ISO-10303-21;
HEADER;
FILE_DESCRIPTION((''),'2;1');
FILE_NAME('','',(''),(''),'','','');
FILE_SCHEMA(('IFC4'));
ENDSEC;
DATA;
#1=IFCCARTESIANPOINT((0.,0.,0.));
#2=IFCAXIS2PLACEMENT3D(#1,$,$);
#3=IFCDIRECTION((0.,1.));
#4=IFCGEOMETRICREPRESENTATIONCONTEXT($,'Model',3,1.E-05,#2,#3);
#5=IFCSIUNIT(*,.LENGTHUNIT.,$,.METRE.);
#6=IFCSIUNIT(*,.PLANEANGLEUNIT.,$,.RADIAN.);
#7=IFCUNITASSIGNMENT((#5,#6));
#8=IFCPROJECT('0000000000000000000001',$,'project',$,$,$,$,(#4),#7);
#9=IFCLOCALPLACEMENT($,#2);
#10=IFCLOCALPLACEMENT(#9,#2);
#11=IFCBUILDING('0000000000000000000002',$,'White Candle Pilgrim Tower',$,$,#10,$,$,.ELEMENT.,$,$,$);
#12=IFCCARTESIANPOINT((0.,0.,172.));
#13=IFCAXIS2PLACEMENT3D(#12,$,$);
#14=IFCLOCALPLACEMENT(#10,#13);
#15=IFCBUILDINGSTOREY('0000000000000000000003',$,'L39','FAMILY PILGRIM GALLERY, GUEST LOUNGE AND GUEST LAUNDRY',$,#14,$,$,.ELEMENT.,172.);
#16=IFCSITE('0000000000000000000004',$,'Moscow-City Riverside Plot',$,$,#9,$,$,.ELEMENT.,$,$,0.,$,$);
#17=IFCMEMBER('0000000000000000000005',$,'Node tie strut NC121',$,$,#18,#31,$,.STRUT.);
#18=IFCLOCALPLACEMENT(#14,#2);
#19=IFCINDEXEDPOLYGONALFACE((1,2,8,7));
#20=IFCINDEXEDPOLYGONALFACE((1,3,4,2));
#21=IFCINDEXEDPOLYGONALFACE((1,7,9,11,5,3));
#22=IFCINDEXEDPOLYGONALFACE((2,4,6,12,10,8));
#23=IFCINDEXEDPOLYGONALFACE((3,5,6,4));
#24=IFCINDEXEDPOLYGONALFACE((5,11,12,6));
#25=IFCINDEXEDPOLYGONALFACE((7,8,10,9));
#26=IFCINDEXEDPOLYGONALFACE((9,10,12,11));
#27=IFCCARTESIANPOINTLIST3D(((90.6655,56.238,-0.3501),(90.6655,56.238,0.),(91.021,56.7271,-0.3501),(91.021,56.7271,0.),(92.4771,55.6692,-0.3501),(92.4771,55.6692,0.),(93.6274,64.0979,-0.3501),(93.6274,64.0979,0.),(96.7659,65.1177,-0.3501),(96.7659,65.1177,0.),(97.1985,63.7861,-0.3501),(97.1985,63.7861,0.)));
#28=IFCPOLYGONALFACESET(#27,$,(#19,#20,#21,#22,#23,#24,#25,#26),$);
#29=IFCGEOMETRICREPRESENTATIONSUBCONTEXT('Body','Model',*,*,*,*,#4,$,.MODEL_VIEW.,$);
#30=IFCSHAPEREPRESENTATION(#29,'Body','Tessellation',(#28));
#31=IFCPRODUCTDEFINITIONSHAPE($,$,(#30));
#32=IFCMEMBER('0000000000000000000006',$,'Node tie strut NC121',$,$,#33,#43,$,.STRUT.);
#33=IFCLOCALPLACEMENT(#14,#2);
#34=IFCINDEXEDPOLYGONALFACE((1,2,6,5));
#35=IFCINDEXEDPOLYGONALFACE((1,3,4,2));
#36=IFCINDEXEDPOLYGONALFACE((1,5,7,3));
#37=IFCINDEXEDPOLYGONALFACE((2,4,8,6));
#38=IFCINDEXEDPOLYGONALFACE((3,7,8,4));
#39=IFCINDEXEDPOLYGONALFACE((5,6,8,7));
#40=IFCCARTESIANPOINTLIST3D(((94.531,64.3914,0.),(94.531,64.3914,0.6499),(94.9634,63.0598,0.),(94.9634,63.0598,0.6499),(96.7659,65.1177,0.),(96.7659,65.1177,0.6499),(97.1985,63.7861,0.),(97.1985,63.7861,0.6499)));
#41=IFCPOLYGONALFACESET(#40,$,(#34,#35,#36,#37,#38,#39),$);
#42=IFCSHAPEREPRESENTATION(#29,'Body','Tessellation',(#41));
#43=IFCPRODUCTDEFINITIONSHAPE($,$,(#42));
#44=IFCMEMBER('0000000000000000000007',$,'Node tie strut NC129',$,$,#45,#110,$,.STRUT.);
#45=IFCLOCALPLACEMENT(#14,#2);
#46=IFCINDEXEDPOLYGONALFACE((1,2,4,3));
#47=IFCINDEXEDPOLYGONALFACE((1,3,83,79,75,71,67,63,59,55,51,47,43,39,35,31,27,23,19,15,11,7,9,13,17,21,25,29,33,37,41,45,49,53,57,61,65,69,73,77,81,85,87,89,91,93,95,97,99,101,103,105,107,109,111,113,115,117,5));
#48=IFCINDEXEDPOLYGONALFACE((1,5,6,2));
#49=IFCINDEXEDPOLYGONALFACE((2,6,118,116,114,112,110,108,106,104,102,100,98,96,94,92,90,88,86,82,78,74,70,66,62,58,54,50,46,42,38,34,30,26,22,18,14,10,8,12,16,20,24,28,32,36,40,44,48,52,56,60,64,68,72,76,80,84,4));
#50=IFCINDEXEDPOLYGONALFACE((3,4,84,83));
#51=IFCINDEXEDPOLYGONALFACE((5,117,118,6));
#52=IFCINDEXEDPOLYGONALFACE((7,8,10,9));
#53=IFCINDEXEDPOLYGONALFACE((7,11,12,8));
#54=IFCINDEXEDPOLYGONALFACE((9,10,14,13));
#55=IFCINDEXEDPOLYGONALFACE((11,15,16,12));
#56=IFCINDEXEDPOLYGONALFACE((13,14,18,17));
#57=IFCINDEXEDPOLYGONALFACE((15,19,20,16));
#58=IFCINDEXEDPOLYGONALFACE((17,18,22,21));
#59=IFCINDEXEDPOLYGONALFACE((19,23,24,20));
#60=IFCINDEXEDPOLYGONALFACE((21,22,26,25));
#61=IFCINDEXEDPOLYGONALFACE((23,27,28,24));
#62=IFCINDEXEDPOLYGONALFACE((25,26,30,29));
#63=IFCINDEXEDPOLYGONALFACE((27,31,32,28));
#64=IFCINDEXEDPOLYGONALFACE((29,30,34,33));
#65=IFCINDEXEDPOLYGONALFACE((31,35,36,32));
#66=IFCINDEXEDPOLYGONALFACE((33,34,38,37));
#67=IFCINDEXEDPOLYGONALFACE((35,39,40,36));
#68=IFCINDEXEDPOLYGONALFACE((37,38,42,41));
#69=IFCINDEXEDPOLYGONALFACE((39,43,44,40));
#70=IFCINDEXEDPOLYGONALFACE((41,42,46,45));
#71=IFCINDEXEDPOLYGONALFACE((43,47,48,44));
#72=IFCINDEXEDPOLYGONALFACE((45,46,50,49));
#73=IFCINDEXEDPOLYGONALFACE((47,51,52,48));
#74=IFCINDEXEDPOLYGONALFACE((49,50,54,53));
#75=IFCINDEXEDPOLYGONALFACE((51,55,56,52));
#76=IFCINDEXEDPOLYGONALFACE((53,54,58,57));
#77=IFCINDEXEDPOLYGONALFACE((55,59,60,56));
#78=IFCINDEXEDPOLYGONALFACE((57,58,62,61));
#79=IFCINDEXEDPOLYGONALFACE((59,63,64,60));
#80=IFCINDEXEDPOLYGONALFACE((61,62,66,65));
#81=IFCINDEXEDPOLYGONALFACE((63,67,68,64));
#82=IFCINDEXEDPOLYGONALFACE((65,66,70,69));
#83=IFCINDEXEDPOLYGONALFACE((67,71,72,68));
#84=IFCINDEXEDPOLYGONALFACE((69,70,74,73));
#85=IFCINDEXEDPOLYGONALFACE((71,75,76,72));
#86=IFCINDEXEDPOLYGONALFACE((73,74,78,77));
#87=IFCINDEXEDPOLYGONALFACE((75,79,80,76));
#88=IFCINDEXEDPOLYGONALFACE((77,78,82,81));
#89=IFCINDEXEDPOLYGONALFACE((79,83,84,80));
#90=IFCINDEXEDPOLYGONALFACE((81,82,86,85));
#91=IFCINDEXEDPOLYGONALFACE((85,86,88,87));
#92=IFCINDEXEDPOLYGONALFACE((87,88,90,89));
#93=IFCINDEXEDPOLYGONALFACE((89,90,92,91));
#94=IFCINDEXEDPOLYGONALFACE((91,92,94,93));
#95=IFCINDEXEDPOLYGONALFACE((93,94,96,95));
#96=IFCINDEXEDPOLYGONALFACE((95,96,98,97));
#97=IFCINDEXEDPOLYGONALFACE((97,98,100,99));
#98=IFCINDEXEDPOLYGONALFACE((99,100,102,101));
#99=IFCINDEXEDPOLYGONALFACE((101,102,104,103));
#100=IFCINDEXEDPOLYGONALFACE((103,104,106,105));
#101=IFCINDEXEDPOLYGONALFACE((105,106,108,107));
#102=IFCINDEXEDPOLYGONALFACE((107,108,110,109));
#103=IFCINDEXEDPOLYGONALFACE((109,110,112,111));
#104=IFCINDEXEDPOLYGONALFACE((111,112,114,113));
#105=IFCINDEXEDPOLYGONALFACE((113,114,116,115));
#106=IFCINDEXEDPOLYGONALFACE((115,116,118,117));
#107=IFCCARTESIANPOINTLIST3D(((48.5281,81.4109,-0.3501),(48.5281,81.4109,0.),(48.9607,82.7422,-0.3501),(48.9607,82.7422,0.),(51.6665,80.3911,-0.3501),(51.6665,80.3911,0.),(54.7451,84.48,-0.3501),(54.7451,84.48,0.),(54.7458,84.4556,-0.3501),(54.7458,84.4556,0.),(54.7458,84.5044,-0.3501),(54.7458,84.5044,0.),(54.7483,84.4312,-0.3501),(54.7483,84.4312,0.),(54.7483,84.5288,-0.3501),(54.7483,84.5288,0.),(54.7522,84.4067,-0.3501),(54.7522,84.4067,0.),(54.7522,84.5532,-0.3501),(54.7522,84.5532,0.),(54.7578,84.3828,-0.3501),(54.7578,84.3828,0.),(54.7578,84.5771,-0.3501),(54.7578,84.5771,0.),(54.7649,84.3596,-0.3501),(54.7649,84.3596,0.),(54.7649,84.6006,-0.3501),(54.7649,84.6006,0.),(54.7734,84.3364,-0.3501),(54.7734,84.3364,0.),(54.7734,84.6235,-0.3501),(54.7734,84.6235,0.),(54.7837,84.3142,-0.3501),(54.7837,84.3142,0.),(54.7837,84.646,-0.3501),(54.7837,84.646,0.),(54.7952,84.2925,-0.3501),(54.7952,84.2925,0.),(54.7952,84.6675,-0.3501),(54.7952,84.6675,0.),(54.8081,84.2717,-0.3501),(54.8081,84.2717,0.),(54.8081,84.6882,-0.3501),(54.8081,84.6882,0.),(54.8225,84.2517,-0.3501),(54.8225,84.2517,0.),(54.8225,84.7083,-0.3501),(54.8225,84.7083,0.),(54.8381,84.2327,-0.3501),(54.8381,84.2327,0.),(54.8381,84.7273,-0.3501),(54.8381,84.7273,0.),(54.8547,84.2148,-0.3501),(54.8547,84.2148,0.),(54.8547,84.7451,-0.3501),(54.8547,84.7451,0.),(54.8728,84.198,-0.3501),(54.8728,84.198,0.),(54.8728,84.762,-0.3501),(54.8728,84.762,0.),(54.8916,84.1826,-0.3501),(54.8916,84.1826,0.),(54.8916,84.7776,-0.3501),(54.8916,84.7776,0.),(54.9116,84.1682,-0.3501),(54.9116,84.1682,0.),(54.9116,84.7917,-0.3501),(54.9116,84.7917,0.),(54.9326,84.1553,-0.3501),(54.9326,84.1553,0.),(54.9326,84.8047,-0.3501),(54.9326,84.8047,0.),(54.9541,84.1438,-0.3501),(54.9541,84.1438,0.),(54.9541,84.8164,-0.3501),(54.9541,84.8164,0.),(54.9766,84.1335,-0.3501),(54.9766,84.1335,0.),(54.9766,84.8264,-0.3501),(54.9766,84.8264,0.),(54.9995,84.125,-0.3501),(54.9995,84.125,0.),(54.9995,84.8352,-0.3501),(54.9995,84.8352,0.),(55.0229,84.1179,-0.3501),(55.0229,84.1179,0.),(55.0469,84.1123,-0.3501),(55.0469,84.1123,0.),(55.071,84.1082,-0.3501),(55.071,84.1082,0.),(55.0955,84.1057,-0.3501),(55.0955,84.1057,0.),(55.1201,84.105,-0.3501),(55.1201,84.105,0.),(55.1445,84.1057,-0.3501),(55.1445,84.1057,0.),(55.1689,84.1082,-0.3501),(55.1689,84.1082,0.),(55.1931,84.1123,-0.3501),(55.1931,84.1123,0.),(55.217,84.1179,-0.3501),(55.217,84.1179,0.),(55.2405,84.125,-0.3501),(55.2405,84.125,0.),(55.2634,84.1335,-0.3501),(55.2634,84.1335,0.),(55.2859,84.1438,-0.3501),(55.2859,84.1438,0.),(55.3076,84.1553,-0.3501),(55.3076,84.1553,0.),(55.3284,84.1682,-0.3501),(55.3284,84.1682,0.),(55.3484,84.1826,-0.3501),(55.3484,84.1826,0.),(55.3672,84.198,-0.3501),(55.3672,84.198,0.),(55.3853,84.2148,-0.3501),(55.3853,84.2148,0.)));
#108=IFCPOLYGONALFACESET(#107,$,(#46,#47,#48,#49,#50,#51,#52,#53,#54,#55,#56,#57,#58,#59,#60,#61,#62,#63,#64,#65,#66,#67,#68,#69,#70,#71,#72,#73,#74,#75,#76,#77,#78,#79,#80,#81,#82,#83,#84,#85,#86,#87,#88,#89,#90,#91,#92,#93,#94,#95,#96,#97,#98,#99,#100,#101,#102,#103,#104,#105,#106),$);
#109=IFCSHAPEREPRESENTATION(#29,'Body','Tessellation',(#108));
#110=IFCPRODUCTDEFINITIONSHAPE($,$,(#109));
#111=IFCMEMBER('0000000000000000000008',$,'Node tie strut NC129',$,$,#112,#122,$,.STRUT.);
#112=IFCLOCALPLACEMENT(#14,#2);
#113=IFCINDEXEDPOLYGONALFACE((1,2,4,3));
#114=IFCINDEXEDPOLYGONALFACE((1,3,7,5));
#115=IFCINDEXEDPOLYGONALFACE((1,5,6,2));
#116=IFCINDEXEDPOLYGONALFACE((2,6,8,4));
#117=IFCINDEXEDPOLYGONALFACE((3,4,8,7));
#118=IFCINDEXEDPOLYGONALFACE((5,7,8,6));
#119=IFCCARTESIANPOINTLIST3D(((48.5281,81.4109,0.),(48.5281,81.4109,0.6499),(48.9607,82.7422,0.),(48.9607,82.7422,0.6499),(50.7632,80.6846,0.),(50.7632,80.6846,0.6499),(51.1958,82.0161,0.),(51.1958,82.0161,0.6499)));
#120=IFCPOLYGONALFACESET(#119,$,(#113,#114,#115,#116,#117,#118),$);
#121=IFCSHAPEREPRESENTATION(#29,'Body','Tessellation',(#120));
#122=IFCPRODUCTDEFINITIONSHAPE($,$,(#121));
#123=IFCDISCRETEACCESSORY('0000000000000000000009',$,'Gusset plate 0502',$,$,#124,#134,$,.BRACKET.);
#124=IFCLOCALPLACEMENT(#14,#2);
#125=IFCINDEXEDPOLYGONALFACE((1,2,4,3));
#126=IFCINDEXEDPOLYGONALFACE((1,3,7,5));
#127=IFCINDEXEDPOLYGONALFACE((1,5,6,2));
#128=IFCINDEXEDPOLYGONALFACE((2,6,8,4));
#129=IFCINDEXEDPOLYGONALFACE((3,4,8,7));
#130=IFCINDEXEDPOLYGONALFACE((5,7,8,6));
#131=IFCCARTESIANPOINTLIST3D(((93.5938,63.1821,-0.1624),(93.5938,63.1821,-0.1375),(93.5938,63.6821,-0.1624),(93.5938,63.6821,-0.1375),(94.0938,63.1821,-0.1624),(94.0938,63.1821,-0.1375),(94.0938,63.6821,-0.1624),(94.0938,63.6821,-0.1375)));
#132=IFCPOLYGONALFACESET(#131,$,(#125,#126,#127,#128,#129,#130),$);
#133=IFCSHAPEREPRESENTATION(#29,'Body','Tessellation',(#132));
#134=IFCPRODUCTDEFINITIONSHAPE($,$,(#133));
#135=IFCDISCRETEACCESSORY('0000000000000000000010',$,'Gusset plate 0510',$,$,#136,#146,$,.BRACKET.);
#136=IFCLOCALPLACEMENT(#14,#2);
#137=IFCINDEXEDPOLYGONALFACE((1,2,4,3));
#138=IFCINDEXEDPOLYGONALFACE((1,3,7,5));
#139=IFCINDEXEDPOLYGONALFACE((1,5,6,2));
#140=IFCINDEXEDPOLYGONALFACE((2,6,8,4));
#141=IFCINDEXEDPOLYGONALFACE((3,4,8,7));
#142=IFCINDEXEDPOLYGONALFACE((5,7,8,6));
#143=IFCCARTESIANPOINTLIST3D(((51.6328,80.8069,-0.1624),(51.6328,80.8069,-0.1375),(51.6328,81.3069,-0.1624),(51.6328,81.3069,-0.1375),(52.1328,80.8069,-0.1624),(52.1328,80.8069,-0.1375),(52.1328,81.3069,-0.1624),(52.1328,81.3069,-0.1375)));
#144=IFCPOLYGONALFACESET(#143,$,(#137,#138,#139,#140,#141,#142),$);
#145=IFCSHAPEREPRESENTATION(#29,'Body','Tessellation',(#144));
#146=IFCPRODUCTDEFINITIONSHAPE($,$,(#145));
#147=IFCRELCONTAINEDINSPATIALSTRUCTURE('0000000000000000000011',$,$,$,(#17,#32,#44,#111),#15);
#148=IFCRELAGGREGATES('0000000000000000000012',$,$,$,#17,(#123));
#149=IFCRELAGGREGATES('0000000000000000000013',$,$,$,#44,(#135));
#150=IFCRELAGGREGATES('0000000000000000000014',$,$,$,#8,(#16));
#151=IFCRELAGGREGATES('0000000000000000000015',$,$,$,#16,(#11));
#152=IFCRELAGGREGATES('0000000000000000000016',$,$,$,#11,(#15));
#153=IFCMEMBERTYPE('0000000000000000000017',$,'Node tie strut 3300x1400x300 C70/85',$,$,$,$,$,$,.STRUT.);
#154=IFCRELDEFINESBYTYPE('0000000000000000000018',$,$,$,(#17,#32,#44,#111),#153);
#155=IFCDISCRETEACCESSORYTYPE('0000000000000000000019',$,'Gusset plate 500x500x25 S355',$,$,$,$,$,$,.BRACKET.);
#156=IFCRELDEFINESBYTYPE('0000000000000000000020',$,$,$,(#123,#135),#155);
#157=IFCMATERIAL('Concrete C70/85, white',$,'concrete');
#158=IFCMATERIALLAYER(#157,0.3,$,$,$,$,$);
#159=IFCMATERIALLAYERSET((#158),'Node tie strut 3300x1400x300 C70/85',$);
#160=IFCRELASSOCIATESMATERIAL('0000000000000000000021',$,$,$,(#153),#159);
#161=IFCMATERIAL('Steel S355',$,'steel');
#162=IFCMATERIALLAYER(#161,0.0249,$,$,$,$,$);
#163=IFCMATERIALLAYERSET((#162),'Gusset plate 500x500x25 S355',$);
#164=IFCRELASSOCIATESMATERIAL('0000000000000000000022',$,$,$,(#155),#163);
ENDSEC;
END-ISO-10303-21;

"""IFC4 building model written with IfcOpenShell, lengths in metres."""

from ifc_helpers import new_model, si_unit, direction, frame, origin, origin_2d, place, context, subcontext, project, spatial, polyline, rectangle, outline, extrude, material, layer, layer_set, type_object, element, aggregate, save


model = new_model("IFC4")

# Units and contexts
model_context = context("Model", 3, precision=1e-05, world=origin(), true_north=direction((0.0, 1.0)))
body_context = subcontext(model_context, "Body", "Model", "MODEL_VIEW")
ifc_project = project(units=[si_unit("LENGTHUNIT", "METRE"), si_unit("PLANEANGLEUNIT", "RADIAN")], contexts=[model_context])

# Site, building, storey
site_placement = place(None, origin())
site = spatial("IfcSite", under=ifc_project, at=site_placement, Name="Moscow-City Riverside Plot", CompositionType="ELEMENT", RefElevation=0.0)
building_placement = place(site_placement, origin())
building = spatial("IfcBuilding", under=site, at=building_placement, Name="White Candle Pilgrim Tower", CompositionType="ELEMENT")
storey_placement = place(building_placement, frame((0.0, 0.0, 172.0)))
storey = spatial("IfcBuildingStorey", under=building, at=storey_placement, Name="L39", Description="FAMILY PILGRIM GALLERY, GUEST LOUNGE AND GUEST LAUNDRY", CompositionType="ELEMENT", Elevation=172.0)

# Members
ifc_material_1 = material(Name="Concrete C70/85, white", Category="concrete")
ifc_layer_1 = layer(ifc_material_1, 0.3)
ifc_layer_set_1 = layer_set([ifc_layer_1], Name="Node tie strut 3300x1400x300 C70/85")
member_type_1 = type_object("IfcMemberType", Name="Node tie strut 3300x1400x300 C70/85", PredefinedType="STRUT", material=ifc_layer_set_1)
member_1_placement = place(storey_placement, frame((0.0, 0.0, -0.3501)))
member_1 = element("IfcMember", 1, at=member_1_placement, inside=storey, type_object=member_type_1, Name="Node tie strut NC121", PredefinedType="STRUT", context=body_context, shape_type="SweptSolid", body=[
    extrude(outline(polyline([(92.4771, 55.6692), (97.1985, 63.7861), (96.7659, 65.1177), (93.6274, 64.0979), (90.6655, 56.238), (91.021, 56.7271), (92.4771, 55.6692)])), origin(), (0.0, 0.0, 1.0), 0.3501),
])
member_2_placement = place(storey_placement, origin())
element("IfcMember", 2, at=member_2_placement, inside=storey, type_object=member_type_1, Name="Node tie strut NC121", PredefinedType="STRUT", context=body_context, shape_type="SweptSolid", body=[
    extrude(outline(polyline([(94.9634, 63.0598), (97.1985, 63.7861), (96.7659, 65.1177), (94.531, 64.3914), (94.9634, 63.0598)])), origin(), (0.0, 0.0, 1.0), 0.6499),
])
member_3_placement = place(storey_placement, frame((0.0, 0.0, -0.3501)))
member_3 = element("IfcMember", 3, at=member_3_placement, inside=storey, type_object=member_type_1, Name="Node tie strut NC129", PredefinedType="STRUT", context=body_context, shape_type="SweptSolid", body=[
    extrude(outline(polyline([(51.6665, 80.3911), (55.3853, 84.2148), (55.3672, 84.198), (55.3484, 84.1826), (55.3284, 84.1682), (55.3076, 84.1553), (55.2859, 84.1438), (55.2634, 84.1335), (55.2405, 84.125), (55.217, 84.1179), (55.1931, 84.1123), (55.1689, 84.1082), (55.1445, 84.1057), (55.1201, 84.105), (55.0955, 84.1057), (55.071, 84.1082), (55.0469, 84.1123), (55.0229, 84.1179), (54.9995, 84.125), (54.9766, 84.1335), (54.9541, 84.1438), (54.9326, 84.1553), (54.9116, 84.1682), (54.8916, 84.1826), (54.8728, 84.198), (54.8547, 84.2148), (54.8381, 84.2327), (54.8225, 84.2517), (54.8081, 84.2717), (54.7952, 84.2925), (54.7837, 84.3142), (54.7734, 84.3364), (54.7649, 84.3596), (54.7578, 84.3828), (54.7522, 84.4067), (54.7483, 84.4312), (54.7458, 84.4556), (54.7451, 84.48), (54.7458, 84.5044), (54.7483, 84.5288), (54.7522, 84.5532), (54.7578, 84.5771), (54.7649, 84.6006), (54.7734, 84.6235), (54.7837, 84.646), (54.7952, 84.6675), (54.8081, 84.6882), (54.8225, 84.7083), (54.8381, 84.7273), (54.8547, 84.7451), (54.8728, 84.762), (54.8916, 84.7776), (54.9116, 84.7917), (54.9326, 84.8047), (54.9541, 84.8164), (54.9766, 84.8264), (54.9995, 84.8352), (48.9607, 82.7422), (48.5281, 81.4109), (51.6665, 80.3911)])), origin(), (0.0, 0.0, 1.0), 0.3501),
])
member_4_placement = place(storey_placement, origin())
element("IfcMember", 4, at=member_4_placement, inside=storey, type_object=member_type_1, Name="Node tie strut NC129", PredefinedType="STRUT", context=body_context, shape_type="SweptSolid", body=[
    extrude(outline(polyline([(50.7632, 80.6846), (51.1958, 82.0161), (48.9607, 82.7422), (48.5281, 81.4109), (50.7632, 80.6846)])), origin(), (0.0, 0.0, 1.0), 0.6499),
])

# Discrete accessories
ifc_material_2 = material(Name="Steel S355", Category="steel")
ifc_layer_2 = layer(ifc_material_2, 0.0249)
ifc_layer_set_2 = layer_set([ifc_layer_2], Name="Gusset plate 500x500x25 S355")
discrete_accessory_type = type_object("IfcDiscreteAccessoryType", Name="Gusset plate 500x500x25 S355", PredefinedType="BRACKET", material=ifc_layer_set_2)
discrete_accessory_1_placement = place(storey_placement, frame((93.8438, 63.4321, -0.1624), z_axis=(0.0, 0.0, 1.0), x_axis=(1.0, 0.0, 0.0)))
discrete_accessory_1 = element("IfcDiscreteAccessory", 5, at=discrete_accessory_1_placement, type_object=discrete_accessory_type, Name="Gusset plate 0502", PredefinedType="BRACKET", context=body_context, shape_type="SweptSolid", body=[
    extrude(rectangle(XDim=0.5, YDim=0.5, at=origin_2d()), origin(), (0.0, 0.0, 1.0), 0.0249),
])
aggregate(member_1, [discrete_accessory_1])
discrete_accessory_2_placement = place(storey_placement, frame((51.8828, 81.0569, -0.1624), z_axis=(0.0, 0.0, 1.0), x_axis=(1.0, 0.0, 0.0)))
discrete_accessory_2 = element("IfcDiscreteAccessory", 6, at=discrete_accessory_2_placement, type_object=discrete_accessory_type, Name="Gusset plate 0510", PredefinedType="BRACKET", context=body_context, shape_type="SweptSolid", body=[
    extrude(rectangle(XDim=0.5, YDim=0.5, at=origin_2d()), origin(), (0.0, 0.0, 1.0), 0.0249),
])
aggregate(member_3, [discrete_accessory_2])

save(model, "model.ifc")
